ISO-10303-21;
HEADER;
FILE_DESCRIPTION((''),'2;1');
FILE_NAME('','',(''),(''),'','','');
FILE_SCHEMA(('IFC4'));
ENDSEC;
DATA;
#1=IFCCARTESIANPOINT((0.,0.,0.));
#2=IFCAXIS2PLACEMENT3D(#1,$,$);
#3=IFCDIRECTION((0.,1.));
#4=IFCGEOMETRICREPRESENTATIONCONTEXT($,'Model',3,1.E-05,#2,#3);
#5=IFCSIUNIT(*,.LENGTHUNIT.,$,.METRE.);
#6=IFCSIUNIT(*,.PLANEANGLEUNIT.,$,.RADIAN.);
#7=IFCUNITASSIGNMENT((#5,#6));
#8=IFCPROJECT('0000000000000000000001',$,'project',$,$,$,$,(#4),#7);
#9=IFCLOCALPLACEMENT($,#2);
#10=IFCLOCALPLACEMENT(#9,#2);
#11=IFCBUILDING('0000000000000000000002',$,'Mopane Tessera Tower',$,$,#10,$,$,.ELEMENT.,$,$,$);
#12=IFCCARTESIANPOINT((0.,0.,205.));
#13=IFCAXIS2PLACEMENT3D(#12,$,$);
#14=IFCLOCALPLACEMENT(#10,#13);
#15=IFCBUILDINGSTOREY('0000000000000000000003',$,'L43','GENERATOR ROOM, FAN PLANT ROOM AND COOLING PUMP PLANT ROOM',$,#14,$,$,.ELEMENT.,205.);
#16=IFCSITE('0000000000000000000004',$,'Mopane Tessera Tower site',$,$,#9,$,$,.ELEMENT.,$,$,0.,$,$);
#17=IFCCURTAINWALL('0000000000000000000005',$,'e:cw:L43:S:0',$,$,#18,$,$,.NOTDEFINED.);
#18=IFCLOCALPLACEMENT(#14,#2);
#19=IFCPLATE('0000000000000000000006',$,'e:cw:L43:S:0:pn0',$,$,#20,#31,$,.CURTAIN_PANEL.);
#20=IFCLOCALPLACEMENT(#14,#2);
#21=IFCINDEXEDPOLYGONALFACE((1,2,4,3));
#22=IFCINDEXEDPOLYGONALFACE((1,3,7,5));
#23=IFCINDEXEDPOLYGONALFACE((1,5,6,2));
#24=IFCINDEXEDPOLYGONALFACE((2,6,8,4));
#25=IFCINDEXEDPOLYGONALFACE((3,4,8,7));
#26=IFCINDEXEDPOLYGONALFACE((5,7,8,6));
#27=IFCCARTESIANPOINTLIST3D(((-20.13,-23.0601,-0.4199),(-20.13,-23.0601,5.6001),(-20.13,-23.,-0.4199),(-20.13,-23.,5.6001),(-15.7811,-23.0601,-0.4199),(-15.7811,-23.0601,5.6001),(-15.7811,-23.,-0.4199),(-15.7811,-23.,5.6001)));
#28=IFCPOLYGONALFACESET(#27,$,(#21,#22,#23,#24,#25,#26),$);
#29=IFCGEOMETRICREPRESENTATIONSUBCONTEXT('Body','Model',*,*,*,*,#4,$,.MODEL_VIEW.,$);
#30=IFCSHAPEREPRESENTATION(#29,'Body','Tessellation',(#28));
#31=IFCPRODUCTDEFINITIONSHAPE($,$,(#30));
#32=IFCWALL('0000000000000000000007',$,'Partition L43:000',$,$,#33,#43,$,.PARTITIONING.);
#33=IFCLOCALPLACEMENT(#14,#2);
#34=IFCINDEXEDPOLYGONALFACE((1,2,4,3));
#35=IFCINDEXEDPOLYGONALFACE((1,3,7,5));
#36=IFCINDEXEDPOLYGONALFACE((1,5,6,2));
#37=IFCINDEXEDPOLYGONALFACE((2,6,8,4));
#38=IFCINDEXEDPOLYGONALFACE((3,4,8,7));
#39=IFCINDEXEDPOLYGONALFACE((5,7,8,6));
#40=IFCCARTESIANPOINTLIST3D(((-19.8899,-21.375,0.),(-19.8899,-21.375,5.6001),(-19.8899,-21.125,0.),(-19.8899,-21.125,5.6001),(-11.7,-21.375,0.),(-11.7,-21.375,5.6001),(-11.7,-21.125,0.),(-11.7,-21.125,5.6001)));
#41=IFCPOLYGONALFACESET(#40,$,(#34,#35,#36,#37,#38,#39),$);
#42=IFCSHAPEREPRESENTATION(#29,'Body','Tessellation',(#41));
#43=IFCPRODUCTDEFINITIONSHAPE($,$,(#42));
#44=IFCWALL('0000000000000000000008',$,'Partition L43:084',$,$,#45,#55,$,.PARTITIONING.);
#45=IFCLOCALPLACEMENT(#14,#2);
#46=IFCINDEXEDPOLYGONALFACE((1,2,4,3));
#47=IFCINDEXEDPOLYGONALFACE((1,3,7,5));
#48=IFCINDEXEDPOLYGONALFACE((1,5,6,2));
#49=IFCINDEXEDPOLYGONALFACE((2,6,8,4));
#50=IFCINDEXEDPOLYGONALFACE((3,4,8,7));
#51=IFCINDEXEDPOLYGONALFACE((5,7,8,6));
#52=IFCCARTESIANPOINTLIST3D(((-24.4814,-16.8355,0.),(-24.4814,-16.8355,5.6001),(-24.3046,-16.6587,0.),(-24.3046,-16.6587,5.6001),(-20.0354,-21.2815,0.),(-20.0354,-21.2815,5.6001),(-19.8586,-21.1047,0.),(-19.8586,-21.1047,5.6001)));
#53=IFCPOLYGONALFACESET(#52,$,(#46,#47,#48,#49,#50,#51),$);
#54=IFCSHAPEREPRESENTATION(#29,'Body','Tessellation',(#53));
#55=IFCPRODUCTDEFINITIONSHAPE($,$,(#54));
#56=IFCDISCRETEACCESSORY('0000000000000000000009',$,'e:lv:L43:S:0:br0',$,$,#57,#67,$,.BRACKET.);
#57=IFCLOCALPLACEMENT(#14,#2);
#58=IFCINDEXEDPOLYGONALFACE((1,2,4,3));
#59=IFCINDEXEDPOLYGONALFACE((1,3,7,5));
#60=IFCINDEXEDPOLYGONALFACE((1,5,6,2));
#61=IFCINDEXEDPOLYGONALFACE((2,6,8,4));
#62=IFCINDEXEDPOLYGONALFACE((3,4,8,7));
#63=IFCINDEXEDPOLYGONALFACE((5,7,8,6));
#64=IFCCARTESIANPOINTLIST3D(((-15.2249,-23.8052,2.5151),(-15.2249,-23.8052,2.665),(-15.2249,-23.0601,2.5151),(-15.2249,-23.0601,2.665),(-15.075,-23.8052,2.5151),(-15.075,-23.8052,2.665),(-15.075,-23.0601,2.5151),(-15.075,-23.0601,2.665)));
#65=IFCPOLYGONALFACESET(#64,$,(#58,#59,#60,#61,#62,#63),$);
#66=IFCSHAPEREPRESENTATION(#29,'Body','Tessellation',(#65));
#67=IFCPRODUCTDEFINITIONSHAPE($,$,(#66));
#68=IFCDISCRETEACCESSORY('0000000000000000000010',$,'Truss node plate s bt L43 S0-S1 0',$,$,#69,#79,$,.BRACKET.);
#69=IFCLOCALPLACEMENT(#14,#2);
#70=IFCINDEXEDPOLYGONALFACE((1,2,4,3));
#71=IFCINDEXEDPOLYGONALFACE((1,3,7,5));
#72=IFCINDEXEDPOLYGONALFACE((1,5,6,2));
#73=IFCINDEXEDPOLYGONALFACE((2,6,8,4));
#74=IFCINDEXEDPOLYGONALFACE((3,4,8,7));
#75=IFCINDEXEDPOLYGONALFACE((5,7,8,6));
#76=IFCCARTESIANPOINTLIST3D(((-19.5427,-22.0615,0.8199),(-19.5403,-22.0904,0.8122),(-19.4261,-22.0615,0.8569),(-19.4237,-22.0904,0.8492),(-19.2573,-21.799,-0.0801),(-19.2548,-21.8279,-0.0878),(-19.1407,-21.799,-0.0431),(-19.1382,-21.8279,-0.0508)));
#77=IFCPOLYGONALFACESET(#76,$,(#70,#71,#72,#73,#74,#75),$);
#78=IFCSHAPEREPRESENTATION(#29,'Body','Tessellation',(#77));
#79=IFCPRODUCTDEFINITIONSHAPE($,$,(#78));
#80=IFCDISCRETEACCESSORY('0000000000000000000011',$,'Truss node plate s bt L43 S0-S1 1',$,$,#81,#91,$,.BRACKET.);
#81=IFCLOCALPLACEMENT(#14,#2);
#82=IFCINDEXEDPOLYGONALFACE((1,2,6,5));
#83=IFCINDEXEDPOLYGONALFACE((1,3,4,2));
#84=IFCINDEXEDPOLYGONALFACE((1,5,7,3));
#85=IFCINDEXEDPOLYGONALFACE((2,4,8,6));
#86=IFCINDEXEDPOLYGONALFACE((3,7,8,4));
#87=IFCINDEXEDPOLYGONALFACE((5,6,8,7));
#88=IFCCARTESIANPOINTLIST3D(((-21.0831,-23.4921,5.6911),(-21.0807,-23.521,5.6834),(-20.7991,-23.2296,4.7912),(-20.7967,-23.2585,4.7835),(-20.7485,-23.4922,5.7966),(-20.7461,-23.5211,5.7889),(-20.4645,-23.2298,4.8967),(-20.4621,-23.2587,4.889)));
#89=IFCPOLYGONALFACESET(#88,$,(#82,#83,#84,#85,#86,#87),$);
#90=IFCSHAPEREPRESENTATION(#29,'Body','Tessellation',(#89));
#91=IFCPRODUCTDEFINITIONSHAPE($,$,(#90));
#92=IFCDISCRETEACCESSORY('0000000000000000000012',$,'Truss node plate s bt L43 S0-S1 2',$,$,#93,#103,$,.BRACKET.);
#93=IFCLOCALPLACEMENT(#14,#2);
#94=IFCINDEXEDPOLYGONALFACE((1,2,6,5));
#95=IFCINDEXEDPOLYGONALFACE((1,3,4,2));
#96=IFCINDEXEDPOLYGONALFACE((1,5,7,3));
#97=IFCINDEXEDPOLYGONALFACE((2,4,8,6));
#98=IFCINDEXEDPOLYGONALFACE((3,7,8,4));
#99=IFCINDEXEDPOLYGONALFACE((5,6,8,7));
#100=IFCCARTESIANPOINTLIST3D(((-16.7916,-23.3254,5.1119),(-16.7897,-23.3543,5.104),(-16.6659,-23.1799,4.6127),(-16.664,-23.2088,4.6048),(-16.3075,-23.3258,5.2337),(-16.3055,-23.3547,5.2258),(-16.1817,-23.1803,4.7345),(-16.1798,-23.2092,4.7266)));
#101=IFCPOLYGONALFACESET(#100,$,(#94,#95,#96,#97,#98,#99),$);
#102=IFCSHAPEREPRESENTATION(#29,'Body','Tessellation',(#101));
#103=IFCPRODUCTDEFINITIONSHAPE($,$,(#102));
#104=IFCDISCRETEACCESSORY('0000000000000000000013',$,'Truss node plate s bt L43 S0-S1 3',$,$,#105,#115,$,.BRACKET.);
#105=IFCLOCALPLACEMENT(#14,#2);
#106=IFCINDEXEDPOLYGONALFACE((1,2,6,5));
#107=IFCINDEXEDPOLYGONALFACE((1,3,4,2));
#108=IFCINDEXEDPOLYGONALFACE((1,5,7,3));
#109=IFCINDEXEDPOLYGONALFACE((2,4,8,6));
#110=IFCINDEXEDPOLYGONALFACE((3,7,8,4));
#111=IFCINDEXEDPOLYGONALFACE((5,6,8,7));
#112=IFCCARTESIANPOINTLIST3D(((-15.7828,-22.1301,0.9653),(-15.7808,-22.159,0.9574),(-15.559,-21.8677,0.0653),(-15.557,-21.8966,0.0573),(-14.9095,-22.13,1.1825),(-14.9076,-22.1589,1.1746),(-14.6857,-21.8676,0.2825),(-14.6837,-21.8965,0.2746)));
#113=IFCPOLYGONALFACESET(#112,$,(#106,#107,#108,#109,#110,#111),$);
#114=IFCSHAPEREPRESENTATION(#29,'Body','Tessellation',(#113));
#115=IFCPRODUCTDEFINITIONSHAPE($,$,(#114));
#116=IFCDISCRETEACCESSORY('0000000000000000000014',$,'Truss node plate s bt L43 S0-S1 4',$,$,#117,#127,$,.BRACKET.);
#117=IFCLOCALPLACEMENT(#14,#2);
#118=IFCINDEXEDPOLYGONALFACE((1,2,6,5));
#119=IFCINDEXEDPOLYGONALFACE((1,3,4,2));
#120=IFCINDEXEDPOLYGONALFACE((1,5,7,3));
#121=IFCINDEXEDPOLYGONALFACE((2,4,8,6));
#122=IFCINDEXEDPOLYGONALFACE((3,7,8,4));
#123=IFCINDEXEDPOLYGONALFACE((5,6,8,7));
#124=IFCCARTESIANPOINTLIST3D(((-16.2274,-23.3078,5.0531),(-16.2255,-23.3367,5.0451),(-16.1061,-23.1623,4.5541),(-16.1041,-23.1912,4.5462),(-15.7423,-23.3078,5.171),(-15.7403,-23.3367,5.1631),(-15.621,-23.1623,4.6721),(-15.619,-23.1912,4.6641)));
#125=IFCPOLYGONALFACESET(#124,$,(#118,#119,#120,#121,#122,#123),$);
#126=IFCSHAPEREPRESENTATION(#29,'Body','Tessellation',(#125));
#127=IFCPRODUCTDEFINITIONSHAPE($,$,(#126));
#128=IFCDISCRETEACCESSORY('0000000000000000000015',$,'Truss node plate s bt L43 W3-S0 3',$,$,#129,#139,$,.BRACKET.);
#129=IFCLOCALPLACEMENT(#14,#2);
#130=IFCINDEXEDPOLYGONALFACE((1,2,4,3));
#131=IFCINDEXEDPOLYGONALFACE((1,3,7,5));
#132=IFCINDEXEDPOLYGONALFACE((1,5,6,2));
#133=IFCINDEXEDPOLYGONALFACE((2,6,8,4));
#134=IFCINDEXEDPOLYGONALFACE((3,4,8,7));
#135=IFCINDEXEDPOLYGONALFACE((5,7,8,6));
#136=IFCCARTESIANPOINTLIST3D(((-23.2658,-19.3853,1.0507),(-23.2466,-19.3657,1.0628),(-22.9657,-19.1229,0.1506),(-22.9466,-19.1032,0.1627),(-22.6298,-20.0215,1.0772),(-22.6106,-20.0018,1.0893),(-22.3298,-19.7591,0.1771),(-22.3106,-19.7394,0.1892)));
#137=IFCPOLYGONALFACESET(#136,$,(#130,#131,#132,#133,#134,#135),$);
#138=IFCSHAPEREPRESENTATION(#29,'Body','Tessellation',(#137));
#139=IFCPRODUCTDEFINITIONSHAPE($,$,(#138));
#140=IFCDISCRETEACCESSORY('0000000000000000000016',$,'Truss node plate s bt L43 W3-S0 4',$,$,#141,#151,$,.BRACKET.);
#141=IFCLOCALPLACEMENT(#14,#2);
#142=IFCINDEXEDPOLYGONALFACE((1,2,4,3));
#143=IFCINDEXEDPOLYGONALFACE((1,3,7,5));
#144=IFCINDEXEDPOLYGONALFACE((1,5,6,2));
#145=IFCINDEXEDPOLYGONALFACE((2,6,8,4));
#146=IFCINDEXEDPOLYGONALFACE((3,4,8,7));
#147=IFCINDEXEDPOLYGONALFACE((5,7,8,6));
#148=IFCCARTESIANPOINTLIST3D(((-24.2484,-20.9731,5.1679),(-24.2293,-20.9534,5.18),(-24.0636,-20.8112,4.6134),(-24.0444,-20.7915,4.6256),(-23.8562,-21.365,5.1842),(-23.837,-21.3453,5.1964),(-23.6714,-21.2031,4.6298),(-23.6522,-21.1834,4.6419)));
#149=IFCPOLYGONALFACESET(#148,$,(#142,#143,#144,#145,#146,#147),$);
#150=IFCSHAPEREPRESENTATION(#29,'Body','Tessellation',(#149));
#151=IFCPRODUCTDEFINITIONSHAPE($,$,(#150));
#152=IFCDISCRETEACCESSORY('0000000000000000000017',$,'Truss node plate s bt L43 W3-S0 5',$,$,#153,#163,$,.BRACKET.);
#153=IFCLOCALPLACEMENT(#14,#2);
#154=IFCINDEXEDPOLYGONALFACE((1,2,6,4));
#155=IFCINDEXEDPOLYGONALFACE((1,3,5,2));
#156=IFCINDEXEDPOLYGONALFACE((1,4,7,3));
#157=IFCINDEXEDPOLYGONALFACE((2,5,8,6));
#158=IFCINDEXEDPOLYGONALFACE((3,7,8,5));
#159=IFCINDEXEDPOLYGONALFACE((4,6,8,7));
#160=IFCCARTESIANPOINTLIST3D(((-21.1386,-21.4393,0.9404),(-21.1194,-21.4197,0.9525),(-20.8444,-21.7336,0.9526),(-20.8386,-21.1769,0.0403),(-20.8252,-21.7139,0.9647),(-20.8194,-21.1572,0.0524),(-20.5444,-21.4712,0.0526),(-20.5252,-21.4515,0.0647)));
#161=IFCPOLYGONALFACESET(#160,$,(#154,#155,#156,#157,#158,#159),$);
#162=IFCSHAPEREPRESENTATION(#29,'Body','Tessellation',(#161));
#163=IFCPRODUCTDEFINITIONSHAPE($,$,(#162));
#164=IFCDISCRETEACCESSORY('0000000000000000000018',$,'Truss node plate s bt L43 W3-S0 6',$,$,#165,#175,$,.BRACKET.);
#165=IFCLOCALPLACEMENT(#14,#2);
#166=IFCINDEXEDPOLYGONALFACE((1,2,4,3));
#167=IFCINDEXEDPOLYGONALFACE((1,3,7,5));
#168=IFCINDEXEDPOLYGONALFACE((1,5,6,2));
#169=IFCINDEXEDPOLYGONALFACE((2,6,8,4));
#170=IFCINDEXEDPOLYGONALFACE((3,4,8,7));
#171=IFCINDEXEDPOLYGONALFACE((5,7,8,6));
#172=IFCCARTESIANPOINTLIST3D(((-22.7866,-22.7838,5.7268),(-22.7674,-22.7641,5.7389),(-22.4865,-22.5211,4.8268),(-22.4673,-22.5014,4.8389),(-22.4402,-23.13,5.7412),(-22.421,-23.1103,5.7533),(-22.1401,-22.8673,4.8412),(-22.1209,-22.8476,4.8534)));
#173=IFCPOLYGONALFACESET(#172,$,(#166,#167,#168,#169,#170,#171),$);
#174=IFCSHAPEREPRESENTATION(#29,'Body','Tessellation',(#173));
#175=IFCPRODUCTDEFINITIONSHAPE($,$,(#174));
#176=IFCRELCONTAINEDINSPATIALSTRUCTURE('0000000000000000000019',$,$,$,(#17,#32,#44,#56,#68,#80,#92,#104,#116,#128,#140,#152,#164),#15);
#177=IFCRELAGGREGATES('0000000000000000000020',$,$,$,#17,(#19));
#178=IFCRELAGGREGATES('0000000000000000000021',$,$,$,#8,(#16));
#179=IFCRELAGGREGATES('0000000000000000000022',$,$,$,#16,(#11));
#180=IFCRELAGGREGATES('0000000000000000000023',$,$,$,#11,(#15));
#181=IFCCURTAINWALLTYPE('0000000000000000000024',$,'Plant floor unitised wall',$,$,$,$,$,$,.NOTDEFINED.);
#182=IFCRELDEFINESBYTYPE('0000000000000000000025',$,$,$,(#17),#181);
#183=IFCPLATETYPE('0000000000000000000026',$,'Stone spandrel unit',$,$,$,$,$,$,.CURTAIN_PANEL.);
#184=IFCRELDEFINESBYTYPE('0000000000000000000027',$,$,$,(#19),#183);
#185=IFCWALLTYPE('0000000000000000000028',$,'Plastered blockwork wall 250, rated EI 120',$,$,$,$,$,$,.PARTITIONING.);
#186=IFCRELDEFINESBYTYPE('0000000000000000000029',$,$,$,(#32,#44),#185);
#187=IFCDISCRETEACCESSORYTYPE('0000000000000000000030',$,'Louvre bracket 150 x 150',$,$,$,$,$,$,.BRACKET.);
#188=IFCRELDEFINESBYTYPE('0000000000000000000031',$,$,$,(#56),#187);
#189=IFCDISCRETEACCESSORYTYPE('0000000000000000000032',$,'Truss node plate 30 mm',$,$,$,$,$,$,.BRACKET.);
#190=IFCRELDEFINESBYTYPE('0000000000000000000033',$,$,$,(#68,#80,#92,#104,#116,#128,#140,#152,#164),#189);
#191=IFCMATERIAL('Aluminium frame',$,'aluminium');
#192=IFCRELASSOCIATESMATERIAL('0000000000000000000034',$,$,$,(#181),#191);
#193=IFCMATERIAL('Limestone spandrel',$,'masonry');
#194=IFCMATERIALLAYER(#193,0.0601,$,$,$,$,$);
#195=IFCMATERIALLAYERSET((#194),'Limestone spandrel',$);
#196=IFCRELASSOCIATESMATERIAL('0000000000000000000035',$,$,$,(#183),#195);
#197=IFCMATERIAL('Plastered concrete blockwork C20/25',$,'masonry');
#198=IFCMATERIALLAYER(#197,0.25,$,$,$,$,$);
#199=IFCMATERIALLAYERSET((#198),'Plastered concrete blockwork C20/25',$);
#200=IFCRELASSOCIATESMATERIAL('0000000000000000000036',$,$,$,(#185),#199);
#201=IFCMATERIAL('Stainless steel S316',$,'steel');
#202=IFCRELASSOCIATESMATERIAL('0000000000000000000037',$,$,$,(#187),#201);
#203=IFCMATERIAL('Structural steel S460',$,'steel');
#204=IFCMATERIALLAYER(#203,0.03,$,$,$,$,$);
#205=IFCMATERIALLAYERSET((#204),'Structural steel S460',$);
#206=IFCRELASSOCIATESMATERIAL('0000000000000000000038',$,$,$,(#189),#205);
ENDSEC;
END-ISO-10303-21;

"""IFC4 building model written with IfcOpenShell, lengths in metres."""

from ifc_helpers import new_model, si_unit, direction, frame, frame_2d, origin, origin_2d, place, context, subcontext, project, spatial, rectangle, extrude, material, layer, layer_set, type_object, element, aggregate, save


model = new_model("IFC4")

# Units and contexts
model_context = context("Model", 3, precision=1e-05, world=origin(), true_north=direction((0.0, 1.0)))
body_context = subcontext(model_context, "Body", "Model", "MODEL_VIEW")
ifc_project = project(units=[si_unit("LENGTHUNIT", "METRE"), si_unit("PLANEANGLEUNIT", "RADIAN")], contexts=[model_context])

# Site, building, storey
site_placement = place(None, origin())
site = spatial("IfcSite", under=ifc_project, at=site_placement, Name="Mopane Tessera Tower site", CompositionType="ELEMENT", RefElevation=0.0)
building_placement = place(site_placement, origin())
building = spatial("IfcBuilding", under=site, at=building_placement, Name="Mopane Tessera Tower", CompositionType="ELEMENT")
storey_placement = place(building_placement, frame((0.0, 0.0, 205.0)))
storey = spatial("IfcBuildingStorey", under=building, at=storey_placement, Name="L43", Description="GENERATOR ROOM, FAN PLANT ROOM AND COOLING PUMP PLANT ROOM", CompositionType="ELEMENT", Elevation=205.0)

# Curtain wall
ifc_material_1 = material(Name="Aluminium frame", Category="aluminium")
curtain_wall_type = type_object("IfcCurtainWallType", Name="Plant floor unitised wall", PredefinedType="NOTDEFINED", material=ifc_material_1)
curtain_wall_placement = place(storey_placement, origin())
curtain_wall = element("IfcCurtainWall", 1, at=curtain_wall_placement, inside=storey, type_object=curtain_wall_type, Name="e:cw:L43:S:0", PredefinedType="NOTDEFINED")

# Plate
ifc_material_2 = material(Name="Limestone spandrel", Category="masonry")
ifc_layer_1 = layer(ifc_material_2, 0.0601)
ifc_layer_set_1 = layer_set([ifc_layer_1], Name="Limestone spandrel")
plate_type = type_object("IfcPlateType", Name="Stone spandrel unit", PredefinedType="CURTAIN_PANEL", material=ifc_layer_set_1)
plate_placement = place(storey_placement, frame((-17.9556, -23.03, -0.4199), z_axis=(0.0, 0.0, 1.0), x_axis=(1.0, 0.0, 0.0)))
plate = element("IfcPlate", 2, at=plate_placement, type_object=plate_type, Name="e:cw:L43:S:0:pn0", PredefinedType="CURTAIN_PANEL", context=body_context, shape_type="SweptSolid", body=[
    extrude(rectangle(XDim=4.3489, YDim=0.0601, at=origin_2d()), origin(), (0.0, 0.0, 1.0), 6.02),
])
aggregate(curtain_wall, [plate])

# Walls
ifc_material_3 = material(Name="Plastered concrete blockwork C20/25", Category="masonry")
ifc_layer_2 = layer(ifc_material_3, 0.25)
ifc_layer_set_2 = layer_set([ifc_layer_2], Name="Plastered concrete blockwork C20/25")
wall_type = type_object("IfcWallType", Name="Plastered blockwork wall 250, rated EI 120", PredefinedType="PARTITIONING", material=ifc_layer_set_2)
wall_1_placement = place(storey_placement, frame((-19.8899, -21.25, 0.0), z_axis=(0.0, 0.0, 1.0), x_axis=(1.0, 0.0, 0.0)))
element("IfcWall", 3, at=wall_1_placement, inside=storey, type_object=wall_type, Name="Partition L43:000", PredefinedType="PARTITIONING", context=body_context, shape_type="SweptSolid", body=[
    extrude(rectangle(XDim=8.1899, YDim=0.25, at=frame_2d((4.095, 0.0))), origin(), (0.0, 0.0, 1.0), 5.6001),
])
wall_2_placement = place(storey_placement, frame((-19.947, -21.1931, 0.0), z_axis=(0.0, 0.0, 1.0), x_axis=(-0.707107, 0.707107, 0.0)))
element("IfcWall", 4, at=wall_2_placement, inside=storey, type_object=wall_type, Name="Partition L43:084", PredefinedType="PARTITIONING", context=body_context, shape_type="SweptSolid", body=[
    extrude(rectangle(XDim=6.2876, YDim=0.25, at=frame_2d((3.1438, 0.0))), origin(), (0.0, 0.0, 1.0), 5.6001),
])

# Discrete accessories
ifc_material_4 = material(Name="Stainless steel S316", Category="steel")
discrete_accessory_type_1 = type_object("IfcDiscreteAccessoryType", Name="Louvre bracket 150 x 150", PredefinedType="BRACKET", material=ifc_material_4)
discrete_accessory_1_placement = place(storey_placement, frame((-15.1499, -23.4326, 2.5151), z_axis=(0.0, 0.0, 1.0), x_axis=(0.0, -1.0, 0.0)))
element("IfcDiscreteAccessory", 5, at=discrete_accessory_1_placement, inside=storey, type_object=discrete_accessory_type_1, Name="e:lv:L43:S:0:br0", PredefinedType="BRACKET", context=body_context, shape_type="SweptSolid", body=[
    extrude(rectangle(XDim=0.7451, YDim=0.1499, at=origin_2d()), origin(), (0.0, 0.0, 1.0), 0.1499),
])
ifc_material_5 = material(Name="Structural steel S460", Category="steel")
ifc_layer_3 = layer(ifc_material_5, 0.03)
ifc_layer_set_3 = layer_set([ifc_layer_3], Name="Structural steel S460")
discrete_accessory_type_2 = type_object("IfcDiscreteAccessoryType", Name="Truss node plate 30 mm", PredefinedType="BRACKET", material=ifc_layer_set_3)
discrete_accessory_2_placement = place(storey_placement, frame((-19.1978, -21.8135, -0.0654), z_axis=(-0.291262, -0.267841, 0.918383), x_axis=(-0.080925, 0.963463, 0.255323)))
element("IfcDiscreteAccessory", 6, at=discrete_accessory_2_placement, inside=storey, type_object=discrete_accessory_type_2, Name="Truss node plate s bt L43 S0-S1 0", PredefinedType="BRACKET", context=body_context, shape_type="SweptSolid", body=[
    extrude(rectangle(XDim=0.03, YDim=0.1223, at=origin_2d()), origin(), (0.0, 0.0, 1.0), 0.98),
])
discrete_accessory_3_placement = place(storey_placement, frame((-20.6306, -23.2441, 4.8401), z_axis=(-0.289893, -0.267957, 0.918782), x_axis=(-0.08018, 0.963431, 0.255681)))
element("IfcDiscreteAccessory", 7, at=discrete_accessory_3_placement, inside=storey, type_object=discrete_accessory_type_2, Name="Truss node plate s bt L43 S0-S1 1", PredefinedType="BRACKET", context=body_context, shape_type="SweptSolid", body=[
    extrude(rectangle(XDim=0.03, YDim=0.3508, at=origin_2d()), origin(), (0.0, 0.0, 1.0), 0.9795),
])
discrete_accessory_4_placement = place(storey_placement, frame((-16.4229, -23.1946, 4.6697), z_axis=(-0.235004, -0.271966, 0.933171), x_axis=(-0.06563, 0.962307, 0.263929)))
element("IfcDiscreteAccessory", 8, at=discrete_accessory_4_placement, inside=storey, type_object=discrete_accessory_type_2, Name="Truss node plate s bt L43 S0-S1 2", PredefinedType="BRACKET", context=body_context, shape_type="SweptSolid", body=[
    extrude(rectangle(XDim=0.03, YDim=0.4993, at=origin_2d()), origin(), (0.0, 0.0, 1.0), 0.5349),
])
discrete_accessory_5_placement = place(storey_placement, frame((-15.1213, -21.8821, 0.1699), z_axis=(-0.232241, -0.272257, 0.933777), x_axis=(-0.065796, 0.962225, 0.264187)))
element("IfcDiscreteAccessory", 9, at=discrete_accessory_5_placement, inside=storey, type_object=discrete_accessory_type_2, Name="Truss node plate s bt L43 S0-S1 3", PredefinedType="BRACKET", context=body_context, shape_type="SweptSolid", body=[
    extrude(rectangle(XDim=0.03, YDim=0.8999, at=origin_2d()), origin(), (0.0, 0.0, 1.0), 0.9639),
])
discrete_accessory_6_placement = place(storey_placement, frame((-15.8625, -23.1768, 4.6091), z_axis=(-0.227319, -0.272599, 0.934888), x_axis=(-0.064502, 0.962128, 0.264858)))
element("IfcDiscreteAccessory", 10, at=discrete_accessory_6_placement, inside=storey, type_object=discrete_accessory_type_2, Name="Truss node plate s bt L43 S0-S1 4", PredefinedType="BRACKET", context=body_context, shape_type="SweptSolid", body=[
    extrude(rectangle(XDim=0.03, YDim=0.4993, at=origin_2d()), origin(), (0.0, 0.0, 1.0), 0.5337),
])
discrete_accessory_7_placement = place(storey_placement, frame((-22.6382, -19.4312, 0.1699), z_axis=(-0.304783, -0.266592, 0.91435), x_axis=(0.638523, 0.655127, 0.403853)))
element("IfcDiscreteAccessory", 11, at=discrete_accessory_7_placement, inside=storey, type_object=discrete_accessory_type_2, Name="Truss node plate s bt L43 W3-S0 3", PredefinedType="BRACKET", context=body_context, shape_type="SweptSolid", body=[
    extrude(rectangle(XDim=0.03, YDim=0.8999, at=origin_2d()), origin(), (0.0, 0.0, 1.0), 0.9844),
])
discrete_accessory_8_placement = place(storey_placement, frame((-23.8579, -20.9973, 4.6277), z_axis=(-0.304755, -0.266912, 0.914266), x_axis=(0.63804, 0.65548, 0.404042)))
element("IfcDiscreteAccessory", 12, at=discrete_accessory_8_placement, inside=storey, type_object=discrete_accessory_type_2, Name="Truss node plate s bt L43 W3-S0 4", PredefinedType="BRACKET", context=body_context, shape_type="SweptSolid", body=[
    extrude(rectangle(XDim=0.03, YDim=0.5547, at=origin_2d()), origin(), (0.0, 0.0, 1.0), 0.6064),
])
discrete_accessory_9_placement = place(storey_placement, frame((-20.6819, -21.3142, 0.0525), z_axis=(-0.304783, -0.266592, 0.91435), x_axis=(0.638523, 0.655127, 0.403853)))
element("IfcDiscreteAccessory", 13, at=discrete_accessory_9_placement, inside=storey, type_object=discrete_accessory_type_2, Name="Truss node plate s bt L43 W3-S0 5", PredefinedType="BRACKET", context=body_context, shape_type="SweptSolid", body=[
    extrude(rectangle(XDim=0.03, YDim=0.4163, at=origin_2d()), origin(), (0.0, 0.0, 1.0), 0.9844),
])
discrete_accessory_10_placement = place(storey_placement, frame((-22.3037, -22.6843, 4.8401), z_axis=(-0.304832, -0.266883, 0.914249), x_axis=(0.638145, 0.655354, 0.404081)))
element("IfcDiscreteAccessory", 14, at=discrete_accessory_10_placement, inside=storey, type_object=discrete_accessory_type_2, Name="Truss node plate s bt L43 W3-S0 6", PredefinedType="BRACKET", context=body_context, shape_type="SweptSolid", body=[
    extrude(rectangle(XDim=0.03, YDim=0.49, at=origin_2d()), origin(), (0.0, 0.0, 1.0), 0.9844),
])

save(model, "model.ifc")
